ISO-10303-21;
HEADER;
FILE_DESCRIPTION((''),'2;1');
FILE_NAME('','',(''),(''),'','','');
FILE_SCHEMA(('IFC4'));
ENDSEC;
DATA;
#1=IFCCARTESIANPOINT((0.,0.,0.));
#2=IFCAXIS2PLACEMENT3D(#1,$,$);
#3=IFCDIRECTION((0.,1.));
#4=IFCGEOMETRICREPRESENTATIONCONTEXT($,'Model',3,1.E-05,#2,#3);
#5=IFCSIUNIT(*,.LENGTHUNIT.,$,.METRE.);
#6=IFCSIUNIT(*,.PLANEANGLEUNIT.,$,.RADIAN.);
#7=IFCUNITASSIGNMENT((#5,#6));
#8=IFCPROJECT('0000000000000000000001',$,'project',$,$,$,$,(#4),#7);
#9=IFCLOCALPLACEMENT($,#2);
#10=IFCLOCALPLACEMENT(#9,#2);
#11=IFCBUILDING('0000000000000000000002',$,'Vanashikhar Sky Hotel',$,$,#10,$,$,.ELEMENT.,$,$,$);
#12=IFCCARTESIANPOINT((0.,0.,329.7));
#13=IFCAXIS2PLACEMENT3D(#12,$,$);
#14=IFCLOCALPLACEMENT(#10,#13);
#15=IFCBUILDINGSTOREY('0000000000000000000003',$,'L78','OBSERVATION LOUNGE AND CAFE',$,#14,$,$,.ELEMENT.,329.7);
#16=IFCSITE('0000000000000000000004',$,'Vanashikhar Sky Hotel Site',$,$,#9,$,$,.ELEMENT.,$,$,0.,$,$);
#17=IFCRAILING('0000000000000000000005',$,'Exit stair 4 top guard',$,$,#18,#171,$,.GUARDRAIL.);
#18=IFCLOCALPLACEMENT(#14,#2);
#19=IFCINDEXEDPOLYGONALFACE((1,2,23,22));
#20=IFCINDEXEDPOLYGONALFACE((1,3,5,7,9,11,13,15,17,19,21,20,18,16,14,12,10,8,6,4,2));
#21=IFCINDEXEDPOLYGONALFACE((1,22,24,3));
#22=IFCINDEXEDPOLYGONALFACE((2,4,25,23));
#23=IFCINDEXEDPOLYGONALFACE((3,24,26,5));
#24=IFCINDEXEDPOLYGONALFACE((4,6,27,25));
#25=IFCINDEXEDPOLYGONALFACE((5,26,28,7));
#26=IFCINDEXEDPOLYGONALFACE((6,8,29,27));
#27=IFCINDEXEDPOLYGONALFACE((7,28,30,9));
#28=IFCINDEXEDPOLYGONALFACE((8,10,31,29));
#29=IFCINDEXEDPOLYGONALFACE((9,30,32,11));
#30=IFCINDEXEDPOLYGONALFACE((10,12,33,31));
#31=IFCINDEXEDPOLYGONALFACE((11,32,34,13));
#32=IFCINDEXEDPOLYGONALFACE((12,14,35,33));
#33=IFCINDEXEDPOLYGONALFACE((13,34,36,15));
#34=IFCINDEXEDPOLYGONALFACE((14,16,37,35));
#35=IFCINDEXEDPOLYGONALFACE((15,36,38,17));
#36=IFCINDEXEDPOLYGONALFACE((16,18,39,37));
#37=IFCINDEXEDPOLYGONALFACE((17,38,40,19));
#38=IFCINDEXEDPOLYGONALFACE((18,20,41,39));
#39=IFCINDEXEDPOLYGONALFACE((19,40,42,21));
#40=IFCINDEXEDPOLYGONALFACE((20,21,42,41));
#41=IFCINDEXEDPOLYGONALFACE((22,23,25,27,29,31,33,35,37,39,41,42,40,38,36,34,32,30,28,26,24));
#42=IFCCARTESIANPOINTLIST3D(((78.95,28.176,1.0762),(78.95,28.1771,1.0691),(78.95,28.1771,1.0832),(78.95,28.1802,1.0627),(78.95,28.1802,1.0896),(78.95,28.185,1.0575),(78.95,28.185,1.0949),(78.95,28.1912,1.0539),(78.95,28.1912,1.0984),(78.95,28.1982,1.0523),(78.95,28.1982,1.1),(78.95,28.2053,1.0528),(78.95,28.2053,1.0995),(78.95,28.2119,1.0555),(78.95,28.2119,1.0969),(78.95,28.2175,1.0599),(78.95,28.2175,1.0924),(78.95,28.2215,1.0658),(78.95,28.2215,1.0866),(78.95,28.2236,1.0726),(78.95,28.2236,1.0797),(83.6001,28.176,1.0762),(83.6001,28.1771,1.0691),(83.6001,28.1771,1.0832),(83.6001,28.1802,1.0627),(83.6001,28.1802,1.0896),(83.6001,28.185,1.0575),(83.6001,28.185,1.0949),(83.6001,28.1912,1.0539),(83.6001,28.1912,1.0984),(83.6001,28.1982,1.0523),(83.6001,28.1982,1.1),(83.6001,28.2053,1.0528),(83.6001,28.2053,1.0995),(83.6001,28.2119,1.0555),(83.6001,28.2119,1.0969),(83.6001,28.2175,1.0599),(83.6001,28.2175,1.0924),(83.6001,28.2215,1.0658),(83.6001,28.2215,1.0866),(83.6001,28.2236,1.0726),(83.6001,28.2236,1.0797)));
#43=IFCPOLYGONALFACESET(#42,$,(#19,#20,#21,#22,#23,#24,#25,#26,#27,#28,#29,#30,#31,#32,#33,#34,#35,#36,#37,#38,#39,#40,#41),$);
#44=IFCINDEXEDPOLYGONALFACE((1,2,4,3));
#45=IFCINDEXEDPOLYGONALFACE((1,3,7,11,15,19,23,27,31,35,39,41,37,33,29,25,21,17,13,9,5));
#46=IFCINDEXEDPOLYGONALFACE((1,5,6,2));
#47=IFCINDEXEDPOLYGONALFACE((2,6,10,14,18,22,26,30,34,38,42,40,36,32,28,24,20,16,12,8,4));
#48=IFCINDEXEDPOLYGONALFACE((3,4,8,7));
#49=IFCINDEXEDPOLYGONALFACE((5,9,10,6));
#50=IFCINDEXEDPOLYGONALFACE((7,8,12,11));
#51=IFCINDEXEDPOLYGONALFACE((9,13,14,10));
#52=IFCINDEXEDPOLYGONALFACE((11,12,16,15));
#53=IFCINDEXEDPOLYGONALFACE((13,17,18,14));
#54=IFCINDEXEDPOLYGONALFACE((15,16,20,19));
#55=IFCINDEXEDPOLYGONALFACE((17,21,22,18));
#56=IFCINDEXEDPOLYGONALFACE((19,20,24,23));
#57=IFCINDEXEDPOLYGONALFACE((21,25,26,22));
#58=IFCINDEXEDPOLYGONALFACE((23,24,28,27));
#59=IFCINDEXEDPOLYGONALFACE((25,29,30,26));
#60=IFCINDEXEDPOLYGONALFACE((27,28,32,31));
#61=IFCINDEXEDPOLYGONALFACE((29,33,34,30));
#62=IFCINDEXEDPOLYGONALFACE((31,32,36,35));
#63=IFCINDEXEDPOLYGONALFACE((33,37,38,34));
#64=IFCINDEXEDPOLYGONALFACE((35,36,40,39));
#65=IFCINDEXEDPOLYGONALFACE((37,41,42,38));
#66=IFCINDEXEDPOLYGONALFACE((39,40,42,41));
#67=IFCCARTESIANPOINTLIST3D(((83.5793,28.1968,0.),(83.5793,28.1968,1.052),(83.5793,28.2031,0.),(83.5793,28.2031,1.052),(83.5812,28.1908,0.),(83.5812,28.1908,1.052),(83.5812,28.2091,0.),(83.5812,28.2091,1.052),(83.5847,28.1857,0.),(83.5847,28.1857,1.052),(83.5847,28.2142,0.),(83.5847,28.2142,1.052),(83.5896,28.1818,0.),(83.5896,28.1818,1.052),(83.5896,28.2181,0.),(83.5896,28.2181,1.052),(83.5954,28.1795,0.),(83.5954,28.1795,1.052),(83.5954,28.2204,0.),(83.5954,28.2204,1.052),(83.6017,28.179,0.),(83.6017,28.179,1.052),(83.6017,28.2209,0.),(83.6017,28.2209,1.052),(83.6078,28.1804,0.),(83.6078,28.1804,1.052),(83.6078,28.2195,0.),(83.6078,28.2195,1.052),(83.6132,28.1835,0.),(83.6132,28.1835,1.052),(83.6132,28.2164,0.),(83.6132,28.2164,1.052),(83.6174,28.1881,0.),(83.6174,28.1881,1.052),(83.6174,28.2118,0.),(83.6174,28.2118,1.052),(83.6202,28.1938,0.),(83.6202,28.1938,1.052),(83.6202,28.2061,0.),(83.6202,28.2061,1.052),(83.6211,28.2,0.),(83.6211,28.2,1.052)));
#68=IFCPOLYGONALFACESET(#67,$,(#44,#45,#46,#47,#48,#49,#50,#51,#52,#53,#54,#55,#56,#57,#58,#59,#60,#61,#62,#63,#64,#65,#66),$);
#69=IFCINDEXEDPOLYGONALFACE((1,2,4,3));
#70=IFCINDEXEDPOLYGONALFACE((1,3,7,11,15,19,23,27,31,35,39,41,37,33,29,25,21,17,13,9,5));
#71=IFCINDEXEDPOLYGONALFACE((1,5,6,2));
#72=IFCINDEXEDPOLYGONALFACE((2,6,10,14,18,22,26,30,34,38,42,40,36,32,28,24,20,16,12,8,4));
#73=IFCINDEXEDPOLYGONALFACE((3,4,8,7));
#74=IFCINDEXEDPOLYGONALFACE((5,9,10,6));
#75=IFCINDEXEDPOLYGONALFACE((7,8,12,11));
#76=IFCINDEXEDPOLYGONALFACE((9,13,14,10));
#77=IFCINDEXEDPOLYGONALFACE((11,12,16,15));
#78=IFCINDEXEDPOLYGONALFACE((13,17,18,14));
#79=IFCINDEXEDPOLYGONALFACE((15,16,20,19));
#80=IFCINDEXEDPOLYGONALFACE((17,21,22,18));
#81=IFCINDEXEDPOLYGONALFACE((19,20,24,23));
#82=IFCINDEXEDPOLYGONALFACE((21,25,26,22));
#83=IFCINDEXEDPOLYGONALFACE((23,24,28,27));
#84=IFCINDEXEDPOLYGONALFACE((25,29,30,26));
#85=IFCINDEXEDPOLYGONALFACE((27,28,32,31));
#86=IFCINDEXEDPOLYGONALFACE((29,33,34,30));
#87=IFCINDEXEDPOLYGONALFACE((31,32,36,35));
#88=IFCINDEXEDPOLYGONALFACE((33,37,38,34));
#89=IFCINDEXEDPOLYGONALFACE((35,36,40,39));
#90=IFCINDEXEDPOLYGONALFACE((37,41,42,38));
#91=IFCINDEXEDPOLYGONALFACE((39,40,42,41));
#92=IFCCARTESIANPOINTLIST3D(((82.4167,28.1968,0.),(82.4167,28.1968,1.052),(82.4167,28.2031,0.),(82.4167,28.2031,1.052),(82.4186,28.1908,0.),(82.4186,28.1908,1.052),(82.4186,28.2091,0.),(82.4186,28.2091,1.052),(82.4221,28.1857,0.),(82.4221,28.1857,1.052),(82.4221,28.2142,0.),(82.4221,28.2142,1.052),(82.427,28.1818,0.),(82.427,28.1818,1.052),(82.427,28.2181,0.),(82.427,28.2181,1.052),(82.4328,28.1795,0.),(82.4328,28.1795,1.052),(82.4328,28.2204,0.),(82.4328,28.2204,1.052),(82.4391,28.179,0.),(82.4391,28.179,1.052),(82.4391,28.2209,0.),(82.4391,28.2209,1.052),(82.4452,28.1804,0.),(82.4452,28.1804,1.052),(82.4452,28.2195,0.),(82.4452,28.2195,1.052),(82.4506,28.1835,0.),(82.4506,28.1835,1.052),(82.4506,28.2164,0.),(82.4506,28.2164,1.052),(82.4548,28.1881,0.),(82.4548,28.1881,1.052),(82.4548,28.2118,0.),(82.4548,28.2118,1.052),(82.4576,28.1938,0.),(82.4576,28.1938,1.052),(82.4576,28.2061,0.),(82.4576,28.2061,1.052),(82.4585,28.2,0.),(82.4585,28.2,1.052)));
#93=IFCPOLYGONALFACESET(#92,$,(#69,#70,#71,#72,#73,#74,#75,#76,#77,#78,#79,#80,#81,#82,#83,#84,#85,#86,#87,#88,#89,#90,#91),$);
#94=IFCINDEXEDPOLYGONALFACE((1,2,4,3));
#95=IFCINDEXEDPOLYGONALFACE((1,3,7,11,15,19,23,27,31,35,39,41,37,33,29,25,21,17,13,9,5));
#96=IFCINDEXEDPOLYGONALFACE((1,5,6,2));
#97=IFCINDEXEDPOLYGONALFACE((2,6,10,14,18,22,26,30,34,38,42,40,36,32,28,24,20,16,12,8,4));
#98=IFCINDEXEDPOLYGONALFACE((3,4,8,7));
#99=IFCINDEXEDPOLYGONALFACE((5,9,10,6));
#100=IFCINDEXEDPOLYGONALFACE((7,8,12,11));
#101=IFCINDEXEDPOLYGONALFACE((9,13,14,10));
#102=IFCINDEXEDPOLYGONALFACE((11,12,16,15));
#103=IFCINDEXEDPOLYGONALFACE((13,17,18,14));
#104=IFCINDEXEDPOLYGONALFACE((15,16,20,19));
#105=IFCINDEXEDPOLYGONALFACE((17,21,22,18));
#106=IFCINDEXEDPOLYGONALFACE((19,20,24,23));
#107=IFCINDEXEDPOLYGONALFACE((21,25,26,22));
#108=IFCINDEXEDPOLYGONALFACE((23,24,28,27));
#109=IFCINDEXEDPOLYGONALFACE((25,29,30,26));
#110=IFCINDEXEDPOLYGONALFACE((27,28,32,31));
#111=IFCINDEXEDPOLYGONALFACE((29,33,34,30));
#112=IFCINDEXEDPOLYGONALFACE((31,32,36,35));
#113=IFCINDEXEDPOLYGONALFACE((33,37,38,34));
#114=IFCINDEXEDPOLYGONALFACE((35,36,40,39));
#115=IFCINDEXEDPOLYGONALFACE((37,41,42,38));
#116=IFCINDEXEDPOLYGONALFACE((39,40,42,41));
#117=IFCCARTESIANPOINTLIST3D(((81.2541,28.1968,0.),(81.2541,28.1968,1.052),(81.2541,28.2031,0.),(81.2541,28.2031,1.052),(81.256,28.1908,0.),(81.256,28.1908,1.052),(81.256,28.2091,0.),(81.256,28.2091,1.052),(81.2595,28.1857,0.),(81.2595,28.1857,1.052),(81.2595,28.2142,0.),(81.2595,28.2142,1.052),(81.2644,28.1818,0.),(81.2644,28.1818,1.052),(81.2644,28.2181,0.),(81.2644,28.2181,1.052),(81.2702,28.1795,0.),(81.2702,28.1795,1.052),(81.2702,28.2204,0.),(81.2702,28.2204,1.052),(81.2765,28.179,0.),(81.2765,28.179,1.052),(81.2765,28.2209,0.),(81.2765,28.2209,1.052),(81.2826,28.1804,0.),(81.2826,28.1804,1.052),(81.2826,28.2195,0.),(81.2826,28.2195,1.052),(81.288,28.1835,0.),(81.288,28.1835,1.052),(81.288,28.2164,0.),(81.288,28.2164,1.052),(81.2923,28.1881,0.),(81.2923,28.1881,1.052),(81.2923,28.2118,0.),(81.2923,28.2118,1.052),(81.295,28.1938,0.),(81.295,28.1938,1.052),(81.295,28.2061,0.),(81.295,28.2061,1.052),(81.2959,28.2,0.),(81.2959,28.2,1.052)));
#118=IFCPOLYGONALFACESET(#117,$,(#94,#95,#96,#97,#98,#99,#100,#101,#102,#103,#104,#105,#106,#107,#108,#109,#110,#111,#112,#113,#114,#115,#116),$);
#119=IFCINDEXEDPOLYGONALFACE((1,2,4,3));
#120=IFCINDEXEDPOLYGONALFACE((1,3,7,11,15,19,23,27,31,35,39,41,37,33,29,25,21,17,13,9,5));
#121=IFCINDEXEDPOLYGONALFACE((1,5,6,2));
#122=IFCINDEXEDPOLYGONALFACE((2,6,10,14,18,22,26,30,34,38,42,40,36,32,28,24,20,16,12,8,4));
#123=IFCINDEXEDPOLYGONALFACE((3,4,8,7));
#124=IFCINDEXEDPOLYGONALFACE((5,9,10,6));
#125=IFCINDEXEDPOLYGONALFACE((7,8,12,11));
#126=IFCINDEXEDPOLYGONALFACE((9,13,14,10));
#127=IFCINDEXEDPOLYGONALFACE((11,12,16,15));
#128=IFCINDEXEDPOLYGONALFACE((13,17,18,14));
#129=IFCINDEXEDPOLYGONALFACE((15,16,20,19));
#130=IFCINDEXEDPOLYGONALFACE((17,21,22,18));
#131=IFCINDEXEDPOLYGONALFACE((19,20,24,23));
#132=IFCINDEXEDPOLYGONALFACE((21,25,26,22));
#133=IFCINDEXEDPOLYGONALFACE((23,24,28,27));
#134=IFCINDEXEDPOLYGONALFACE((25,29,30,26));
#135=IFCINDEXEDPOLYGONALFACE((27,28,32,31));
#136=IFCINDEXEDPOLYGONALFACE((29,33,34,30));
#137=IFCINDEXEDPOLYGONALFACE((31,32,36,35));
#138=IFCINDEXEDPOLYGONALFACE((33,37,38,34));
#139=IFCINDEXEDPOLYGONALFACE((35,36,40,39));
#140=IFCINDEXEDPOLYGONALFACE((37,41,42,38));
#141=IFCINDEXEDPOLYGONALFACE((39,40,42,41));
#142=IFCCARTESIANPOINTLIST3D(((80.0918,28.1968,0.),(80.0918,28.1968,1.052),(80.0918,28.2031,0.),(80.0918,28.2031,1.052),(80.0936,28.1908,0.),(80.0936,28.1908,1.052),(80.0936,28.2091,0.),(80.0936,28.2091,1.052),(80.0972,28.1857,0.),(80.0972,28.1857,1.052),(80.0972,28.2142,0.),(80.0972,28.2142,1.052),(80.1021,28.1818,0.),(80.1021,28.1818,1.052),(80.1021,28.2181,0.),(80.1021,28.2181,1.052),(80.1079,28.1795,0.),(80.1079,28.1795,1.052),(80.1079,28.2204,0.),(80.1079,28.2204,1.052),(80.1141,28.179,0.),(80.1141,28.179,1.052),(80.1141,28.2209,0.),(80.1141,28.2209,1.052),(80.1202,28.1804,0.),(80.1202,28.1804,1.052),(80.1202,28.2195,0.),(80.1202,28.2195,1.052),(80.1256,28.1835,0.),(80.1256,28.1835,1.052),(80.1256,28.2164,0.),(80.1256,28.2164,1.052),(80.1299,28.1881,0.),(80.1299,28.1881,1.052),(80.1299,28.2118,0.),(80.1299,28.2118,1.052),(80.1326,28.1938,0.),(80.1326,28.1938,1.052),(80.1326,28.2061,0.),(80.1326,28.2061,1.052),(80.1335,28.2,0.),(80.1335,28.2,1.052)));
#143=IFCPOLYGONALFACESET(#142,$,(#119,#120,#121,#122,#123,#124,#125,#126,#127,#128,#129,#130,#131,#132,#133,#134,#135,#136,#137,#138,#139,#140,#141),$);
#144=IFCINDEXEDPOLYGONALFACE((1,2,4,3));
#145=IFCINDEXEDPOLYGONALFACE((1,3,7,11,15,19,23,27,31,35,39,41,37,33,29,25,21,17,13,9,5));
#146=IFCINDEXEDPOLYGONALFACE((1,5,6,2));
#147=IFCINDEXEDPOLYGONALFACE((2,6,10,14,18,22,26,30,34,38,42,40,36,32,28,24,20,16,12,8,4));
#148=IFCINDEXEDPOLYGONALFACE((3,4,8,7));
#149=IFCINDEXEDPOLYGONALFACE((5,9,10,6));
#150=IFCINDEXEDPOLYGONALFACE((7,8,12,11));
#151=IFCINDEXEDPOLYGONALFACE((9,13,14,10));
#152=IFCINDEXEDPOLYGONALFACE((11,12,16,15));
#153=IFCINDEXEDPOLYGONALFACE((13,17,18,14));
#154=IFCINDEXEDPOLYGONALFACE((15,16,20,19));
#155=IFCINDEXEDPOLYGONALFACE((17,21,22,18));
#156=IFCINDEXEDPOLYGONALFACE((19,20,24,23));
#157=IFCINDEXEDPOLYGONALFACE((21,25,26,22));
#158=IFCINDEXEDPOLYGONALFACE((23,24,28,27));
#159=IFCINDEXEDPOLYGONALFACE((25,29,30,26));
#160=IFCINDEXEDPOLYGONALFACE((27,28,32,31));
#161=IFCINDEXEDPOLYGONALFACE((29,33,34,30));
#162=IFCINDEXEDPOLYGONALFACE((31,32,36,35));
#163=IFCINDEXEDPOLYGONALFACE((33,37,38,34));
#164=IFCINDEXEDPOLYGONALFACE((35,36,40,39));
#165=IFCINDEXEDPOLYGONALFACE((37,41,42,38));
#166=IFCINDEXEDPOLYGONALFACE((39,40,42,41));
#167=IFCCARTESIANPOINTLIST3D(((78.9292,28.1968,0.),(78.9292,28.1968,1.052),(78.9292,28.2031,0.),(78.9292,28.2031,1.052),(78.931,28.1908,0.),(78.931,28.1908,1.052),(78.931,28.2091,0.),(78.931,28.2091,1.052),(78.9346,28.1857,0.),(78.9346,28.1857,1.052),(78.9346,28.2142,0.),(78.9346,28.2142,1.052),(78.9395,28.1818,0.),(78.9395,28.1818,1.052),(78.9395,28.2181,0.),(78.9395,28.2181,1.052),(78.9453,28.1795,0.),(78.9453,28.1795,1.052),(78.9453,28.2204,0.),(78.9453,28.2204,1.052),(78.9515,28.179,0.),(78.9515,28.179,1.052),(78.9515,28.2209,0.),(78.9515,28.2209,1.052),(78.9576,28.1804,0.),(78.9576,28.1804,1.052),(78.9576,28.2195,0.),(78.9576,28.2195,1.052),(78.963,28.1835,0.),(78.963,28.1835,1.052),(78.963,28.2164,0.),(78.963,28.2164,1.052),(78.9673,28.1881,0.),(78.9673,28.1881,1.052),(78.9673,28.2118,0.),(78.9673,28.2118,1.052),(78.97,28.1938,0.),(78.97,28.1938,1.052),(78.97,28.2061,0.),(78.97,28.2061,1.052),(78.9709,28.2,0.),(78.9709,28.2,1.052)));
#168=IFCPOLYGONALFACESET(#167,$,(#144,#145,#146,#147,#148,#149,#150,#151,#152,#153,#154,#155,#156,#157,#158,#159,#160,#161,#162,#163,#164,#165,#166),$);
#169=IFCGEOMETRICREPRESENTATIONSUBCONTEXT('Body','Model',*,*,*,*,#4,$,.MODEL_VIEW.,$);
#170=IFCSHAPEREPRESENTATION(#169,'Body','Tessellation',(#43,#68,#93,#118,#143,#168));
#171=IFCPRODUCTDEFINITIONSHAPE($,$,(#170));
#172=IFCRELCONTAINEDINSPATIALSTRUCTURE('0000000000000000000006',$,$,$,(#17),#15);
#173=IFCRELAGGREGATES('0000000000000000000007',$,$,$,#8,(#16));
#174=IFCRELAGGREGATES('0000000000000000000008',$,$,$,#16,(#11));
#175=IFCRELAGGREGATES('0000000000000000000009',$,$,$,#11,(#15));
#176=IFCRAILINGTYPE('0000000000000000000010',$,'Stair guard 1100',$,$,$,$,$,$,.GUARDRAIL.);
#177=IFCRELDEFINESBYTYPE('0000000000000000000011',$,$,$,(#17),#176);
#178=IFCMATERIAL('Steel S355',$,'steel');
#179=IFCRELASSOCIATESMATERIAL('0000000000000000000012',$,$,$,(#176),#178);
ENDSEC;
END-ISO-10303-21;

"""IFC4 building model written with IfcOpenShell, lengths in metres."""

from ifc_helpers import new_model, si_unit, direction, frame, origin, origin_2d, place, context, subcontext, project, spatial, circle, extrude, source, transform, mapped, material, type_object, element, save


model = new_model("IFC4")

# Units and contexts
model_context = context("Model", 3, precision=1e-05, world=origin(), true_north=direction((0.0, 1.0)))
body_context = subcontext(model_context, "Body", "Model", "MODEL_VIEW")
ifc_project = project(units=[si_unit("LENGTHUNIT", "METRE"), si_unit("PLANEANGLEUNIT", "RADIAN")], contexts=[model_context])

# Site, building, storey
site_placement = place(None, origin())
site = spatial("IfcSite", under=ifc_project, at=site_placement, Name="Vanashikhar Sky Hotel Site", CompositionType="ELEMENT", RefElevation=0.0)
building_placement = place(site_placement, origin())
building = spatial("IfcBuilding", under=site, at=building_placement, Name="Vanashikhar Sky Hotel", CompositionType="ELEMENT")
storey_placement = place(building_placement, frame((0.0, 0.0, 329.7)))
storey = spatial("IfcBuildingStorey", under=building, at=storey_placement, Name="L78", Description="OBSERVATION LOUNGE AND CAFE", CompositionType="ELEMENT", Elevation=329.7)

# Shared definitions
ifc_material_1 = material(Name="Steel S355", Category="steel")

# Railing
railing_type = type_object("IfcRailingType", Name="Stair guard 1100", PredefinedType="GUARDRAIL", material=ifc_material_1)
shared_shape_1 = source(origin(), body_context, "Body", "SweptSolid", [
    extrude(circle(Radius=0.0239, at=origin_2d()), frame((0.0, 0.0, 1.0762), z_axis=(-1.0, 0.0, 0.0), x_axis=(0.0, -1.0, 0.0)), (0.0, 0.0, 1.0), 4.6501),
    extrude(circle(Radius=0.021, at=origin_2d()), origin(), (0.0, 0.0, 1.0), 1.052),
    extrude(circle(Radius=0.021, at=origin_2d()), frame((-1.1626, 0.0, 0.0)), (0.0, 0.0, 1.0), 1.052),
    extrude(circle(Radius=0.021, at=origin_2d()), frame((-2.3252, 0.0, 0.0)), (0.0, 0.0, 1.0), 1.052),
    extrude(circle(Radius=0.021, at=origin_2d()), frame((-3.4875, 0.0, 0.0)), (0.0, 0.0, 1.0), 1.052),
    extrude(circle(Radius=0.021, at=origin_2d()), frame((-4.6501, 0.0, 0.0)), (0.0, 0.0, 1.0), 1.052),
])
railing_placement = place(storey_placement, frame((83.6001, 28.2, 0.0)))
element("IfcRailing", 1, at=railing_placement, inside=storey, type_object=railing_type, Name="Exit stair 4 top guard", PredefinedType="GUARDRAIL", context=body_context, shape_type="MappedRepresentation", body=[
    mapped(shared_shape_1, transform((0.0, 0.0, 0.0), scale=1.0)),
])

save(model, "model.ifc")
